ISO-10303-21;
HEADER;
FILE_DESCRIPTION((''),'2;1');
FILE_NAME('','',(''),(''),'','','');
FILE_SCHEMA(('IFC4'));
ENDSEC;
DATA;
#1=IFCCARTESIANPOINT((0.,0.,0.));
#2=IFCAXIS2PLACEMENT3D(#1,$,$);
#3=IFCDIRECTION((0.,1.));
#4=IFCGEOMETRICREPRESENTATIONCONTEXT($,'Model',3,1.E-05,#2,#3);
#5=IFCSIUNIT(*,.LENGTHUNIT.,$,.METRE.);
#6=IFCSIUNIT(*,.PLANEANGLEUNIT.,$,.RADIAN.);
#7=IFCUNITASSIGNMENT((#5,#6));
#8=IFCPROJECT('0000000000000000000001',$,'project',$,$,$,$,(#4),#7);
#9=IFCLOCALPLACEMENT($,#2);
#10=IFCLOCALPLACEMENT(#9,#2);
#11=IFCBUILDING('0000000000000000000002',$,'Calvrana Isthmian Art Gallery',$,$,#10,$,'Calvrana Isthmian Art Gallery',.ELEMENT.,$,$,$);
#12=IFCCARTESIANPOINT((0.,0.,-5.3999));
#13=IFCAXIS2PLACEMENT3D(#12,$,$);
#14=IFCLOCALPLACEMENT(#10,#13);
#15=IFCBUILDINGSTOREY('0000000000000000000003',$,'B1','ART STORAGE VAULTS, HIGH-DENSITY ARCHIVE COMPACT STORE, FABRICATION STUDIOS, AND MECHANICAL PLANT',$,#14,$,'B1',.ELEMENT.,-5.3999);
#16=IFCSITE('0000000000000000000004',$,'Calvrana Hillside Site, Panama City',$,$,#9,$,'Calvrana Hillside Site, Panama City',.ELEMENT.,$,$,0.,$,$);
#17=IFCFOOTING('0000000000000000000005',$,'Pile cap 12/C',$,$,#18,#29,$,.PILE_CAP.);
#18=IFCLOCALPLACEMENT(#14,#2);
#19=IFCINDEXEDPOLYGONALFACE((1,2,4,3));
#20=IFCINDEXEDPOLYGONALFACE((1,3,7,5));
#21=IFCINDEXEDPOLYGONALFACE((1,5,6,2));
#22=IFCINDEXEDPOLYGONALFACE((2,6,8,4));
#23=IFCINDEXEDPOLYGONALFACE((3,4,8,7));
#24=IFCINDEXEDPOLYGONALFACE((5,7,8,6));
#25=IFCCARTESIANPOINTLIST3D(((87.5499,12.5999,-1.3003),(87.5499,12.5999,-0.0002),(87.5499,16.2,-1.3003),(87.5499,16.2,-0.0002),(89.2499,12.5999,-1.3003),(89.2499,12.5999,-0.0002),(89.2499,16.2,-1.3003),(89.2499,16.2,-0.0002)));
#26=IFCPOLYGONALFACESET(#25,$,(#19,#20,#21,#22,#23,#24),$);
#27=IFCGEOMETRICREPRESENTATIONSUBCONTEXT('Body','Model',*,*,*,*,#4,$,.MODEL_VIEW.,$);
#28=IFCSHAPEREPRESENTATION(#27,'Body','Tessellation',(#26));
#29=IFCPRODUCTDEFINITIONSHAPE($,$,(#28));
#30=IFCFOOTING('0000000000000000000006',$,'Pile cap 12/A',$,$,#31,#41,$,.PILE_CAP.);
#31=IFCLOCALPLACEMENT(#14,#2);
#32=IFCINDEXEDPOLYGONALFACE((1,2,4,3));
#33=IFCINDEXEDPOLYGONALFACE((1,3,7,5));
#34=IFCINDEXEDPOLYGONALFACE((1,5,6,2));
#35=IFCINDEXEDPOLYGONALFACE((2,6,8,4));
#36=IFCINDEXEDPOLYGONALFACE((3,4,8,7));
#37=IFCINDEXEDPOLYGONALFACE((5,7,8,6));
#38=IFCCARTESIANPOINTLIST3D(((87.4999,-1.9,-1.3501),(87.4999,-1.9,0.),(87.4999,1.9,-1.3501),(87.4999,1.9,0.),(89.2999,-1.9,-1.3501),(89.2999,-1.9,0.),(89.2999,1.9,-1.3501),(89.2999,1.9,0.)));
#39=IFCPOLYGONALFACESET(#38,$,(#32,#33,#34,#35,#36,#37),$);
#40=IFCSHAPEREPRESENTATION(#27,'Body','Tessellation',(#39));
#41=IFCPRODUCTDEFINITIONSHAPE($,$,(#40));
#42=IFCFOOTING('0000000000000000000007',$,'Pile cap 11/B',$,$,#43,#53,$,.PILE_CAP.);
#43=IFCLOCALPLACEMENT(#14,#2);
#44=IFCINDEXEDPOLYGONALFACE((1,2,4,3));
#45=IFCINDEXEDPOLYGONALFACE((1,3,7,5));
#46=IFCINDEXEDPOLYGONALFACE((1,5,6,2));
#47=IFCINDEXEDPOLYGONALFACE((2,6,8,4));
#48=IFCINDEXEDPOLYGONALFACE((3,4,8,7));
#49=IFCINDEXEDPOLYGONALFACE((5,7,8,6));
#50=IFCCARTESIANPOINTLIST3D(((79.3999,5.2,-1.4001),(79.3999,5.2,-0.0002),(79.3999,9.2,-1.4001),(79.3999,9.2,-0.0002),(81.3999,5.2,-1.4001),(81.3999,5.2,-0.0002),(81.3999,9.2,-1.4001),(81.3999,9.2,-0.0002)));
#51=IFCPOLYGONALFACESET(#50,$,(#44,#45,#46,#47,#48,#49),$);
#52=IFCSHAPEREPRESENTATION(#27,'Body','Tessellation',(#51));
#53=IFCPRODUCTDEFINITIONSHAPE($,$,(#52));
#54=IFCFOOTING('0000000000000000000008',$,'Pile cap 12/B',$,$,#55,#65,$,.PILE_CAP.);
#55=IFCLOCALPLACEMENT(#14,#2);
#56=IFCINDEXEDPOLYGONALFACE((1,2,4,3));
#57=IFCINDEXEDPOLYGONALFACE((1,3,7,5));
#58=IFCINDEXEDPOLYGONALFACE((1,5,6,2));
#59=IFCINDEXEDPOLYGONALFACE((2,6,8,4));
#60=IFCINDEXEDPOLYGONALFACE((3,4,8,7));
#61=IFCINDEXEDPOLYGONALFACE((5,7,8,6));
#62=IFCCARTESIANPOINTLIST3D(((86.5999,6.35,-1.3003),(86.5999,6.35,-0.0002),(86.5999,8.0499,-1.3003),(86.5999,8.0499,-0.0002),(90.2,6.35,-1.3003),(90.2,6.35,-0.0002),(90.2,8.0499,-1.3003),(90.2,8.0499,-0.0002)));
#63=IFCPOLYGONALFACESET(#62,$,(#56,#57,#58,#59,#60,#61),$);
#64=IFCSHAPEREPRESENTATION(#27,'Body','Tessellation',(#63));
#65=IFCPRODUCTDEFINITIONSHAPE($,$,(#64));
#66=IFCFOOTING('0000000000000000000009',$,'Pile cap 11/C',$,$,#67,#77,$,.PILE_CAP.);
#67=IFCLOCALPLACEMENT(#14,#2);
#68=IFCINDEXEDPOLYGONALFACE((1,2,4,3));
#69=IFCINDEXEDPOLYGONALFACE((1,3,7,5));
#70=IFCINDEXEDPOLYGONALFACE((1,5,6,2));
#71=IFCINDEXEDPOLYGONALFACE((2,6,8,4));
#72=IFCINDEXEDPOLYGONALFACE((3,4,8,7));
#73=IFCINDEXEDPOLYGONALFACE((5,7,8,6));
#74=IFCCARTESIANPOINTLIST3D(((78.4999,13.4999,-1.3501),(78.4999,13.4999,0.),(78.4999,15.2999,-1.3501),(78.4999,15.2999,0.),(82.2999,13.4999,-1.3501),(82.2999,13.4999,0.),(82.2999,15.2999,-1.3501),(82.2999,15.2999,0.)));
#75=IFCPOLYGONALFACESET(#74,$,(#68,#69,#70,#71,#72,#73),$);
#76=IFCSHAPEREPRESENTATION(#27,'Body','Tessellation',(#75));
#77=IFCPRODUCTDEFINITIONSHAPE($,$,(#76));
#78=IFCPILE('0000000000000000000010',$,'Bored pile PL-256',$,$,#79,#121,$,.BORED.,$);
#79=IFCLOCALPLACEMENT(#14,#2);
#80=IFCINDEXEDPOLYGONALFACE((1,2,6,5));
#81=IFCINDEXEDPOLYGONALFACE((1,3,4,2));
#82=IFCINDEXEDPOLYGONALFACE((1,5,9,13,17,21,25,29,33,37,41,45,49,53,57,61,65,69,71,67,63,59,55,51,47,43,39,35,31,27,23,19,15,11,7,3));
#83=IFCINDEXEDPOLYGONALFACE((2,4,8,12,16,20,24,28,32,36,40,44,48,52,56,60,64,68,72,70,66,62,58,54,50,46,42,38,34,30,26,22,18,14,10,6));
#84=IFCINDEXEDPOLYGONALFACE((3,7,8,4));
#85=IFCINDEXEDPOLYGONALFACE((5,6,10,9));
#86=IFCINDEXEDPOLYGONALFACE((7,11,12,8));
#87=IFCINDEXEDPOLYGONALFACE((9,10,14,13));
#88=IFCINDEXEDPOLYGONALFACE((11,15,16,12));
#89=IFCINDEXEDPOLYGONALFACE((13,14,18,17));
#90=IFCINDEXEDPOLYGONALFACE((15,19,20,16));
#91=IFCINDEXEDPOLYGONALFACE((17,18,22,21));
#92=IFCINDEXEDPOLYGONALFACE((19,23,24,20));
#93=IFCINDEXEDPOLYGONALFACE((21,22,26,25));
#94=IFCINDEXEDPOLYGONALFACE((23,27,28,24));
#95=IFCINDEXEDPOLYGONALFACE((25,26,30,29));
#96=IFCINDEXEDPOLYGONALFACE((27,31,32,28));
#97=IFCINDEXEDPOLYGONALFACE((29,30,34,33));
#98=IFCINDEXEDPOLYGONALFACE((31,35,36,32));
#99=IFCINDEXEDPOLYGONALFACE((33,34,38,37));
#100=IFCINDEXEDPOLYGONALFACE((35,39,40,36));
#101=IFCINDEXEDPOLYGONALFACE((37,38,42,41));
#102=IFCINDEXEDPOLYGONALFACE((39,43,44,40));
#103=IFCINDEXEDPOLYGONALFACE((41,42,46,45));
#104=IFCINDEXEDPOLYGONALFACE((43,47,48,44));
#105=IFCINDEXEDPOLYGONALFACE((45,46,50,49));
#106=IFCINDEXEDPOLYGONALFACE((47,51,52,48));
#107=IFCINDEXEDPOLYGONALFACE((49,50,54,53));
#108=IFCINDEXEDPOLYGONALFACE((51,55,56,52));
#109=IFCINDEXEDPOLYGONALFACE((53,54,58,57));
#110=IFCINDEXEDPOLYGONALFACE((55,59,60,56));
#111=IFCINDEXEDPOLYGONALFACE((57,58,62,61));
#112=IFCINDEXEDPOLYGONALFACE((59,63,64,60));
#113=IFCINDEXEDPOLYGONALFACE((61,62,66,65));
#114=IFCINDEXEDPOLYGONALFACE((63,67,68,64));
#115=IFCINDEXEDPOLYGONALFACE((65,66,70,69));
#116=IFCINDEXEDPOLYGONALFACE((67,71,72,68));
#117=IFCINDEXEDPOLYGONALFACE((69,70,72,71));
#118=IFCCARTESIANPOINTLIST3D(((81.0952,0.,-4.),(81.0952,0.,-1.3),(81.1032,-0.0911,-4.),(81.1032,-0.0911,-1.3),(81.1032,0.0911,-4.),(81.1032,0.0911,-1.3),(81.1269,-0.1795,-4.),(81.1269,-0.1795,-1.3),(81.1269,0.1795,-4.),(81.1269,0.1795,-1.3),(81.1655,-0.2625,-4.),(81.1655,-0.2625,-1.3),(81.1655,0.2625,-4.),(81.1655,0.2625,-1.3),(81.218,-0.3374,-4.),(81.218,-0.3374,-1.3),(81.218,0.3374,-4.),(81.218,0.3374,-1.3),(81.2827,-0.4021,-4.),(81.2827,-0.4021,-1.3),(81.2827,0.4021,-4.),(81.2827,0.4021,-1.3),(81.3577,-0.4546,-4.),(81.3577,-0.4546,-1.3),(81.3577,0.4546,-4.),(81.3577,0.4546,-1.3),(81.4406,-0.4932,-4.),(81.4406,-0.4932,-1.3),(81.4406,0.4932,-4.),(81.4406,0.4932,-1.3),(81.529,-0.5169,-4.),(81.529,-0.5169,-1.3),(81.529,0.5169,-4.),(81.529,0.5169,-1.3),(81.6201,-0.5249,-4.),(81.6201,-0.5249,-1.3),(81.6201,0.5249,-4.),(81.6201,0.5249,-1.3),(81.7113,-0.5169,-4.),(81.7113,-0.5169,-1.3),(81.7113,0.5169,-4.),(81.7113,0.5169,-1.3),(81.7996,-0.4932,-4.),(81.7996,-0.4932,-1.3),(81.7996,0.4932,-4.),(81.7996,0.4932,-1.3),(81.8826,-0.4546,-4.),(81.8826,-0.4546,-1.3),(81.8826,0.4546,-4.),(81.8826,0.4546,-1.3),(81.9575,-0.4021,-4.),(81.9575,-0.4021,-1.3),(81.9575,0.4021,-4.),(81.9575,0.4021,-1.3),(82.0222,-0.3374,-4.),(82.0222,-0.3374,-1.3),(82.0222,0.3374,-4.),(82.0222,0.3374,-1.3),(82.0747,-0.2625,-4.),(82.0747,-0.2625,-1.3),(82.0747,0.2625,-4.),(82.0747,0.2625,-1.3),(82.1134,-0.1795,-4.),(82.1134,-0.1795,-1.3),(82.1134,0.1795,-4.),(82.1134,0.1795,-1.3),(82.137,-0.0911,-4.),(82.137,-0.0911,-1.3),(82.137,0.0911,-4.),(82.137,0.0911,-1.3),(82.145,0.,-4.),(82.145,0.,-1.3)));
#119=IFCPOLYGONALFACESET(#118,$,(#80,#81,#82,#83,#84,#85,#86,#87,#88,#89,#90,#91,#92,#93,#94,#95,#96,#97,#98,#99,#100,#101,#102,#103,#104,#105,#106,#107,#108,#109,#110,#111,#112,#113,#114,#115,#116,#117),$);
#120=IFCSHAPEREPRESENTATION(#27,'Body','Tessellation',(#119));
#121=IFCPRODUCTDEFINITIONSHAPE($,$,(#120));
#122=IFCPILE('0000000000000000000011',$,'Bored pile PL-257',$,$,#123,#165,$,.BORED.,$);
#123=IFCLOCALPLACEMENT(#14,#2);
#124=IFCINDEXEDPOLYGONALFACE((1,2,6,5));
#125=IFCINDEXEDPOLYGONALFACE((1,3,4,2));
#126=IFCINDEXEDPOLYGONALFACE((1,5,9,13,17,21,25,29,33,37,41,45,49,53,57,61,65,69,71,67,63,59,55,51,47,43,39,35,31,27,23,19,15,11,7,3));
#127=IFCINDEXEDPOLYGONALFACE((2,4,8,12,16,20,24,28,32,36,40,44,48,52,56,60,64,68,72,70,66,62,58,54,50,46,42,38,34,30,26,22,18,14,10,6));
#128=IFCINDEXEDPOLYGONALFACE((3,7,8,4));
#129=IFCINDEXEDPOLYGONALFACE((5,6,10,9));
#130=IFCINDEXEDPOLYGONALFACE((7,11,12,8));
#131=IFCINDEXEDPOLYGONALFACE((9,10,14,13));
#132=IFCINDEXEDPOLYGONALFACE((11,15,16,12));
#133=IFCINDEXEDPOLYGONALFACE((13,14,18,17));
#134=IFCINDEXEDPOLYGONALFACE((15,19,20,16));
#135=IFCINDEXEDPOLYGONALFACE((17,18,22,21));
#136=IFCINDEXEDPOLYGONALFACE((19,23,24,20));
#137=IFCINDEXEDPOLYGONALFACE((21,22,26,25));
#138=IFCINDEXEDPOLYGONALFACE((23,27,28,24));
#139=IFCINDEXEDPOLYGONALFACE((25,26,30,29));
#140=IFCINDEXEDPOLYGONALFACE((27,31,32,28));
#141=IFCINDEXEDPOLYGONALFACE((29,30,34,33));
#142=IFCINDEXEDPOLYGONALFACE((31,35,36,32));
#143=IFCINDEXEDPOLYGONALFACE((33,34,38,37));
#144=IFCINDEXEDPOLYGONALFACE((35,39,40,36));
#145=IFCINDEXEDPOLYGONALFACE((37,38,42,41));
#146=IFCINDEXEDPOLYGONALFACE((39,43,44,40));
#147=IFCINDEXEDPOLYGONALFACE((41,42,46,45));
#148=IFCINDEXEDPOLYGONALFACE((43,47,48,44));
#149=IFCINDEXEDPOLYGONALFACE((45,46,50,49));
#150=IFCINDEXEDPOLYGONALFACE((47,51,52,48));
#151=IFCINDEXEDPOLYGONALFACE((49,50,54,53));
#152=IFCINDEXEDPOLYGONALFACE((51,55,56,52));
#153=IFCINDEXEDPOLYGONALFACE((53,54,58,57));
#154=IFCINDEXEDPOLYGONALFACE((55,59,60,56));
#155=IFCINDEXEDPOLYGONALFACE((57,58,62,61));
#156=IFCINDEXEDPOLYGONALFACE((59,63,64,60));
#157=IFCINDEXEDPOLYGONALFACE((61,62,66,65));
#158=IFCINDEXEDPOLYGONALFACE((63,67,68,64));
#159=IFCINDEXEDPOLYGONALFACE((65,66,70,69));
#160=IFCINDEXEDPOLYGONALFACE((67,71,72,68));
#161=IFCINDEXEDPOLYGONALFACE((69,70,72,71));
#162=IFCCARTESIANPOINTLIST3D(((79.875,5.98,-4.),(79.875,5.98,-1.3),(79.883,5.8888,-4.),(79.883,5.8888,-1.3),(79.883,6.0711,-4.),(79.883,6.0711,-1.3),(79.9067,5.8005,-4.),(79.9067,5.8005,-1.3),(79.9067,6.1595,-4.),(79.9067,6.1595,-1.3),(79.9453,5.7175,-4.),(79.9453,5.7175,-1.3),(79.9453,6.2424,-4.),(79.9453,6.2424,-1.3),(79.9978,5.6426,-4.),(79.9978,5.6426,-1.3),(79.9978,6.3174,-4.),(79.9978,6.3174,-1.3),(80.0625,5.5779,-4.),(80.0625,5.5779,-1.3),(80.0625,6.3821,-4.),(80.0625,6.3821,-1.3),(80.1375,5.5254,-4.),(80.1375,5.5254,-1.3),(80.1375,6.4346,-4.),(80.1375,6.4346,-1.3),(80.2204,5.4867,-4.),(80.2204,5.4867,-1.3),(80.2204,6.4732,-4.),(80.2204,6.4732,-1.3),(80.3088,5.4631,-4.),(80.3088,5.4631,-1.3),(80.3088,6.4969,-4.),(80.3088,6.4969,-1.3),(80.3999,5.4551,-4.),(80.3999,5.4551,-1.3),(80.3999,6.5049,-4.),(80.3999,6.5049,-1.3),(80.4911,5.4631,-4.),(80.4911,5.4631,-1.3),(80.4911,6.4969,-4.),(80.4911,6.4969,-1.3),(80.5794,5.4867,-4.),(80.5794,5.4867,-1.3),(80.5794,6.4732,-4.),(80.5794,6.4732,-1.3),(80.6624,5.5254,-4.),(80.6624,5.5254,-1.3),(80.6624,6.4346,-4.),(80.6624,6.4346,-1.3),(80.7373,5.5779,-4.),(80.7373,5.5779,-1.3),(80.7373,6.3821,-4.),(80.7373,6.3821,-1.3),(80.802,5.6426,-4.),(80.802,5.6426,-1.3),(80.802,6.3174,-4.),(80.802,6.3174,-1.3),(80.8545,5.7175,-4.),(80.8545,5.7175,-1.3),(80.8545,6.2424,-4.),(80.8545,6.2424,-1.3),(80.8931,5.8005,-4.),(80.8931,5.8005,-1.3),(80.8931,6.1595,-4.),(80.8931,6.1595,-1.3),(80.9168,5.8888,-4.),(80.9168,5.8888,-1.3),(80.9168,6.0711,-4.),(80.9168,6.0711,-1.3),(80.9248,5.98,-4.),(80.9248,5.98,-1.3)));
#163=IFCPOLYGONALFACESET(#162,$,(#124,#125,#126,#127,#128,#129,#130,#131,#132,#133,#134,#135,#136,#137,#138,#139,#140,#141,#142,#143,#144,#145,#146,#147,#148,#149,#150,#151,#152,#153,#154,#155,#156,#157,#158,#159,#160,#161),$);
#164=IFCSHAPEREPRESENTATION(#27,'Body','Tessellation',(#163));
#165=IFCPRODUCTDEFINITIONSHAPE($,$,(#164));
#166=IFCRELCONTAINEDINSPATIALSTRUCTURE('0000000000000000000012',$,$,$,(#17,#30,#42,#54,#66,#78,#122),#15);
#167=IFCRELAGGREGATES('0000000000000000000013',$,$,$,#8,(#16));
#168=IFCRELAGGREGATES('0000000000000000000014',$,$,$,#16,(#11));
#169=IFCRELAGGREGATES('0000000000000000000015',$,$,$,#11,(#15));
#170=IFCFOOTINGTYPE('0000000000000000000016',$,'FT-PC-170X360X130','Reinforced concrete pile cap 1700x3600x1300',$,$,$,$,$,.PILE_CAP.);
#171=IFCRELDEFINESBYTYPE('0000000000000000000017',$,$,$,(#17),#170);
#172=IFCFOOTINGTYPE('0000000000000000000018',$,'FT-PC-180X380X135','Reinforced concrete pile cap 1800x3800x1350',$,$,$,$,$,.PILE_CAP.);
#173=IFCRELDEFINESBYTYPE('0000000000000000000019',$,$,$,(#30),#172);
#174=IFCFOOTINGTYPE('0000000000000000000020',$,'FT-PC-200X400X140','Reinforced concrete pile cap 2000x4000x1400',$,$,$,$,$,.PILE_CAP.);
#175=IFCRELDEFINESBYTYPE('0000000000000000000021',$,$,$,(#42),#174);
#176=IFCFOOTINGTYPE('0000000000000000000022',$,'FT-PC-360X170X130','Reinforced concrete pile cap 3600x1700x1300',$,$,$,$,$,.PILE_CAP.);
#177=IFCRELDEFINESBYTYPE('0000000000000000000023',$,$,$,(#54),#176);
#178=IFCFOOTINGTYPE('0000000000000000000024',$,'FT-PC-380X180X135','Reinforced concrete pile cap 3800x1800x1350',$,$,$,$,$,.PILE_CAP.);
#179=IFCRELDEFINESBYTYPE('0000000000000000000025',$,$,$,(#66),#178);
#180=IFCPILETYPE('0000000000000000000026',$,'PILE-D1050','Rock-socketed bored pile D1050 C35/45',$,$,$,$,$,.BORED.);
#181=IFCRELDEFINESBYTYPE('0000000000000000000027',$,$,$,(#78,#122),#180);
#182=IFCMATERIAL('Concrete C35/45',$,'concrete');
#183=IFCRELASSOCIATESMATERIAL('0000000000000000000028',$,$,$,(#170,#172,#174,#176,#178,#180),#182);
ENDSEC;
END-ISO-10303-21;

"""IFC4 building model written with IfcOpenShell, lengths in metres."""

from ifc_helpers import new_model, si_unit, direction, frame, origin, origin_2d, place, context, subcontext, project, spatial, rectangle, circle, extrude, material, material_profile, profile_set, type_object, element, save


model = new_model("IFC4")

# Units and contexts
model_context = context("Model", 3, precision=1e-05, world=origin(), true_north=direction((0.0, 1.0)))
body_context = subcontext(model_context, "Body", "Model", "MODEL_VIEW")
ifc_project = project(units=[si_unit("LENGTHUNIT", "METRE"), si_unit("PLANEANGLEUNIT", "RADIAN")], contexts=[model_context])

# Site, building, storey
site_placement = place(None, origin())
site = spatial("IfcSite", under=ifc_project, at=site_placement, Name="Calvrana Hillside Site, Panama City", LongName="Calvrana Hillside Site, Panama City", CompositionType="ELEMENT", RefElevation=0.0)
building_placement = place(site_placement, origin())
building = spatial("IfcBuilding", under=site, at=building_placement, Name="Calvrana Isthmian Art Gallery", LongName="Calvrana Isthmian Art Gallery", CompositionType="ELEMENT")
storey_placement = place(building_placement, frame((0.0, 0.0, -5.3999)))
storey = spatial("IfcBuildingStorey", under=building, at=storey_placement, Name="B1", Description="ART STORAGE VAULTS, HIGH-DENSITY ARCHIVE COMPACT STORE, FABRICATION STUDIOS, AND MECHANICAL PLANT", LongName="B1", CompositionType="ELEMENT", Elevation=-5.3999)

# Footings
ifc_material_1 = material(Name="Concrete C35/45", Category="concrete")
footing_type_1 = type_object("IfcFootingType", Name="FT-PC-170X360X130", Description="Reinforced concrete pile cap 1700x3600x1300", PredefinedType="PILE_CAP", material=ifc_material_1)
footing_1_placement = place(storey_placement, frame((88.3999, 14.3999, -1.3003), z_axis=(0.0, 0.0, 1.0), x_axis=(1.0, 0.0, 0.0)))
element("IfcFooting", 1, at=footing_1_placement, inside=storey, type_object=footing_type_1, Name="Pile cap 12/C", PredefinedType="PILE_CAP", context=body_context, shape_type="SweptSolid", body=[
    extrude(rectangle(XDim=1.7, YDim=3.6001, at=origin_2d()), origin(), (0.0, 0.0, 1.0), 1.3),
])
footing_type_2 = type_object("IfcFootingType", Name="FT-PC-180X380X135", Description="Reinforced concrete pile cap 1800x3800x1350", PredefinedType="PILE_CAP", material=ifc_material_1)
footing_2_placement = place(storey_placement, frame((88.3999, 0.0, -1.3501), z_axis=(0.0, 0.0, 1.0), x_axis=(1.0, 0.0, 0.0)))
element("IfcFooting", 2, at=footing_2_placement, inside=storey, type_object=footing_type_2, Name="Pile cap 12/A", PredefinedType="PILE_CAP", context=body_context, shape_type="SweptSolid", body=[
    extrude(rectangle(XDim=1.8, YDim=3.8, at=origin_2d()), origin(), (0.0, 0.0, 1.0), 1.3501),
])
footing_type_3 = type_object("IfcFootingType", Name="FT-PC-200X400X140", Description="Reinforced concrete pile cap 2000x4000x1400", PredefinedType="PILE_CAP", material=ifc_material_1)
footing_3_placement = place(storey_placement, frame((80.3999, 7.2, -1.4001), z_axis=(0.0, 0.0, 1.0), x_axis=(1.0, 0.0, 0.0)))
element("IfcFooting", 3, at=footing_3_placement, inside=storey, type_object=footing_type_3, Name="Pile cap 11/B", PredefinedType="PILE_CAP", context=body_context, shape_type="SweptSolid", body=[
    extrude(rectangle(XDim=2.0, YDim=4.0, at=origin_2d()), origin(), (0.0, 0.0, 1.0), 1.3999),
])
footing_type_4 = type_object("IfcFootingType", Name="FT-PC-360X170X130", Description="Reinforced concrete pile cap 3600x1700x1300", PredefinedType="PILE_CAP", material=ifc_material_1)
footing_4_placement = place(storey_placement, frame((88.3999, 7.2, -1.3003), z_axis=(0.0, 0.0, 1.0), x_axis=(1.0, 0.0, 0.0)))
element("IfcFooting", 4, at=footing_4_placement, inside=storey, type_object=footing_type_4, Name="Pile cap 12/B", PredefinedType="PILE_CAP", context=body_context, shape_type="SweptSolid", body=[
    extrude(rectangle(XDim=3.6001, YDim=1.7, at=origin_2d()), origin(), (0.0, 0.0, 1.0), 1.3),
])
footing_type_5 = type_object("IfcFootingType", Name="FT-PC-380X180X135", Description="Reinforced concrete pile cap 3800x1800x1350", PredefinedType="PILE_CAP", material=ifc_material_1)
footing_5_placement = place(storey_placement, frame((80.3999, 14.3999, -1.3501), z_axis=(0.0, 0.0, 1.0), x_axis=(1.0, 0.0, 0.0)))
element("IfcFooting", 5, at=footing_5_placement, inside=storey, type_object=footing_type_5, Name="Pile cap 11/C", PredefinedType="PILE_CAP", context=body_context, shape_type="SweptSolid", body=[
    extrude(rectangle(XDim=3.8, YDim=1.8, at=origin_2d()), origin(), (0.0, 0.0, 1.0), 1.3501),
])

# Piles
ifc_material_profile_1 = material_profile(ifc_material_1, circle(Radius=0.5249, at=origin_2d()), Name="PILE1050D")
ifc_profile_set_1 = profile_set([ifc_material_profile_1], Name="Concrete C35/45")
pile_type_1 = type_object("IfcPileType", Name="PILE-D1050", Description="Rock-socketed bored pile D1050 C35/45", PredefinedType="BORED", material=ifc_profile_set_1)
for number, where, z_axis, x_axis, name in (
    (6, (81.6201, 0.0, -1.3), (0.0, 0.0, -1.0), (1.0, 0.0, 0.0), "Bored pile PL-256"),
    (7, (80.3999, 5.98, -1.3), (0.0, 0.0, -1.0), (1.0, 0.0, 0.0), "Bored pile PL-257"),
):
    element("IfcPile", number, at=place(storey_placement, frame(where, z_axis=z_axis, x_axis=x_axis)), inside=storey, type_object=pile_type_1, Name=name, PredefinedType="BORED", context=body_context, shape_type="SweptSolid", body=[
        extrude(circle(Radius=0.5249, at=origin_2d()), origin(), (0.0, 0.0, 1.0), 2.7),
    ])

save(model, "model.ifc")
